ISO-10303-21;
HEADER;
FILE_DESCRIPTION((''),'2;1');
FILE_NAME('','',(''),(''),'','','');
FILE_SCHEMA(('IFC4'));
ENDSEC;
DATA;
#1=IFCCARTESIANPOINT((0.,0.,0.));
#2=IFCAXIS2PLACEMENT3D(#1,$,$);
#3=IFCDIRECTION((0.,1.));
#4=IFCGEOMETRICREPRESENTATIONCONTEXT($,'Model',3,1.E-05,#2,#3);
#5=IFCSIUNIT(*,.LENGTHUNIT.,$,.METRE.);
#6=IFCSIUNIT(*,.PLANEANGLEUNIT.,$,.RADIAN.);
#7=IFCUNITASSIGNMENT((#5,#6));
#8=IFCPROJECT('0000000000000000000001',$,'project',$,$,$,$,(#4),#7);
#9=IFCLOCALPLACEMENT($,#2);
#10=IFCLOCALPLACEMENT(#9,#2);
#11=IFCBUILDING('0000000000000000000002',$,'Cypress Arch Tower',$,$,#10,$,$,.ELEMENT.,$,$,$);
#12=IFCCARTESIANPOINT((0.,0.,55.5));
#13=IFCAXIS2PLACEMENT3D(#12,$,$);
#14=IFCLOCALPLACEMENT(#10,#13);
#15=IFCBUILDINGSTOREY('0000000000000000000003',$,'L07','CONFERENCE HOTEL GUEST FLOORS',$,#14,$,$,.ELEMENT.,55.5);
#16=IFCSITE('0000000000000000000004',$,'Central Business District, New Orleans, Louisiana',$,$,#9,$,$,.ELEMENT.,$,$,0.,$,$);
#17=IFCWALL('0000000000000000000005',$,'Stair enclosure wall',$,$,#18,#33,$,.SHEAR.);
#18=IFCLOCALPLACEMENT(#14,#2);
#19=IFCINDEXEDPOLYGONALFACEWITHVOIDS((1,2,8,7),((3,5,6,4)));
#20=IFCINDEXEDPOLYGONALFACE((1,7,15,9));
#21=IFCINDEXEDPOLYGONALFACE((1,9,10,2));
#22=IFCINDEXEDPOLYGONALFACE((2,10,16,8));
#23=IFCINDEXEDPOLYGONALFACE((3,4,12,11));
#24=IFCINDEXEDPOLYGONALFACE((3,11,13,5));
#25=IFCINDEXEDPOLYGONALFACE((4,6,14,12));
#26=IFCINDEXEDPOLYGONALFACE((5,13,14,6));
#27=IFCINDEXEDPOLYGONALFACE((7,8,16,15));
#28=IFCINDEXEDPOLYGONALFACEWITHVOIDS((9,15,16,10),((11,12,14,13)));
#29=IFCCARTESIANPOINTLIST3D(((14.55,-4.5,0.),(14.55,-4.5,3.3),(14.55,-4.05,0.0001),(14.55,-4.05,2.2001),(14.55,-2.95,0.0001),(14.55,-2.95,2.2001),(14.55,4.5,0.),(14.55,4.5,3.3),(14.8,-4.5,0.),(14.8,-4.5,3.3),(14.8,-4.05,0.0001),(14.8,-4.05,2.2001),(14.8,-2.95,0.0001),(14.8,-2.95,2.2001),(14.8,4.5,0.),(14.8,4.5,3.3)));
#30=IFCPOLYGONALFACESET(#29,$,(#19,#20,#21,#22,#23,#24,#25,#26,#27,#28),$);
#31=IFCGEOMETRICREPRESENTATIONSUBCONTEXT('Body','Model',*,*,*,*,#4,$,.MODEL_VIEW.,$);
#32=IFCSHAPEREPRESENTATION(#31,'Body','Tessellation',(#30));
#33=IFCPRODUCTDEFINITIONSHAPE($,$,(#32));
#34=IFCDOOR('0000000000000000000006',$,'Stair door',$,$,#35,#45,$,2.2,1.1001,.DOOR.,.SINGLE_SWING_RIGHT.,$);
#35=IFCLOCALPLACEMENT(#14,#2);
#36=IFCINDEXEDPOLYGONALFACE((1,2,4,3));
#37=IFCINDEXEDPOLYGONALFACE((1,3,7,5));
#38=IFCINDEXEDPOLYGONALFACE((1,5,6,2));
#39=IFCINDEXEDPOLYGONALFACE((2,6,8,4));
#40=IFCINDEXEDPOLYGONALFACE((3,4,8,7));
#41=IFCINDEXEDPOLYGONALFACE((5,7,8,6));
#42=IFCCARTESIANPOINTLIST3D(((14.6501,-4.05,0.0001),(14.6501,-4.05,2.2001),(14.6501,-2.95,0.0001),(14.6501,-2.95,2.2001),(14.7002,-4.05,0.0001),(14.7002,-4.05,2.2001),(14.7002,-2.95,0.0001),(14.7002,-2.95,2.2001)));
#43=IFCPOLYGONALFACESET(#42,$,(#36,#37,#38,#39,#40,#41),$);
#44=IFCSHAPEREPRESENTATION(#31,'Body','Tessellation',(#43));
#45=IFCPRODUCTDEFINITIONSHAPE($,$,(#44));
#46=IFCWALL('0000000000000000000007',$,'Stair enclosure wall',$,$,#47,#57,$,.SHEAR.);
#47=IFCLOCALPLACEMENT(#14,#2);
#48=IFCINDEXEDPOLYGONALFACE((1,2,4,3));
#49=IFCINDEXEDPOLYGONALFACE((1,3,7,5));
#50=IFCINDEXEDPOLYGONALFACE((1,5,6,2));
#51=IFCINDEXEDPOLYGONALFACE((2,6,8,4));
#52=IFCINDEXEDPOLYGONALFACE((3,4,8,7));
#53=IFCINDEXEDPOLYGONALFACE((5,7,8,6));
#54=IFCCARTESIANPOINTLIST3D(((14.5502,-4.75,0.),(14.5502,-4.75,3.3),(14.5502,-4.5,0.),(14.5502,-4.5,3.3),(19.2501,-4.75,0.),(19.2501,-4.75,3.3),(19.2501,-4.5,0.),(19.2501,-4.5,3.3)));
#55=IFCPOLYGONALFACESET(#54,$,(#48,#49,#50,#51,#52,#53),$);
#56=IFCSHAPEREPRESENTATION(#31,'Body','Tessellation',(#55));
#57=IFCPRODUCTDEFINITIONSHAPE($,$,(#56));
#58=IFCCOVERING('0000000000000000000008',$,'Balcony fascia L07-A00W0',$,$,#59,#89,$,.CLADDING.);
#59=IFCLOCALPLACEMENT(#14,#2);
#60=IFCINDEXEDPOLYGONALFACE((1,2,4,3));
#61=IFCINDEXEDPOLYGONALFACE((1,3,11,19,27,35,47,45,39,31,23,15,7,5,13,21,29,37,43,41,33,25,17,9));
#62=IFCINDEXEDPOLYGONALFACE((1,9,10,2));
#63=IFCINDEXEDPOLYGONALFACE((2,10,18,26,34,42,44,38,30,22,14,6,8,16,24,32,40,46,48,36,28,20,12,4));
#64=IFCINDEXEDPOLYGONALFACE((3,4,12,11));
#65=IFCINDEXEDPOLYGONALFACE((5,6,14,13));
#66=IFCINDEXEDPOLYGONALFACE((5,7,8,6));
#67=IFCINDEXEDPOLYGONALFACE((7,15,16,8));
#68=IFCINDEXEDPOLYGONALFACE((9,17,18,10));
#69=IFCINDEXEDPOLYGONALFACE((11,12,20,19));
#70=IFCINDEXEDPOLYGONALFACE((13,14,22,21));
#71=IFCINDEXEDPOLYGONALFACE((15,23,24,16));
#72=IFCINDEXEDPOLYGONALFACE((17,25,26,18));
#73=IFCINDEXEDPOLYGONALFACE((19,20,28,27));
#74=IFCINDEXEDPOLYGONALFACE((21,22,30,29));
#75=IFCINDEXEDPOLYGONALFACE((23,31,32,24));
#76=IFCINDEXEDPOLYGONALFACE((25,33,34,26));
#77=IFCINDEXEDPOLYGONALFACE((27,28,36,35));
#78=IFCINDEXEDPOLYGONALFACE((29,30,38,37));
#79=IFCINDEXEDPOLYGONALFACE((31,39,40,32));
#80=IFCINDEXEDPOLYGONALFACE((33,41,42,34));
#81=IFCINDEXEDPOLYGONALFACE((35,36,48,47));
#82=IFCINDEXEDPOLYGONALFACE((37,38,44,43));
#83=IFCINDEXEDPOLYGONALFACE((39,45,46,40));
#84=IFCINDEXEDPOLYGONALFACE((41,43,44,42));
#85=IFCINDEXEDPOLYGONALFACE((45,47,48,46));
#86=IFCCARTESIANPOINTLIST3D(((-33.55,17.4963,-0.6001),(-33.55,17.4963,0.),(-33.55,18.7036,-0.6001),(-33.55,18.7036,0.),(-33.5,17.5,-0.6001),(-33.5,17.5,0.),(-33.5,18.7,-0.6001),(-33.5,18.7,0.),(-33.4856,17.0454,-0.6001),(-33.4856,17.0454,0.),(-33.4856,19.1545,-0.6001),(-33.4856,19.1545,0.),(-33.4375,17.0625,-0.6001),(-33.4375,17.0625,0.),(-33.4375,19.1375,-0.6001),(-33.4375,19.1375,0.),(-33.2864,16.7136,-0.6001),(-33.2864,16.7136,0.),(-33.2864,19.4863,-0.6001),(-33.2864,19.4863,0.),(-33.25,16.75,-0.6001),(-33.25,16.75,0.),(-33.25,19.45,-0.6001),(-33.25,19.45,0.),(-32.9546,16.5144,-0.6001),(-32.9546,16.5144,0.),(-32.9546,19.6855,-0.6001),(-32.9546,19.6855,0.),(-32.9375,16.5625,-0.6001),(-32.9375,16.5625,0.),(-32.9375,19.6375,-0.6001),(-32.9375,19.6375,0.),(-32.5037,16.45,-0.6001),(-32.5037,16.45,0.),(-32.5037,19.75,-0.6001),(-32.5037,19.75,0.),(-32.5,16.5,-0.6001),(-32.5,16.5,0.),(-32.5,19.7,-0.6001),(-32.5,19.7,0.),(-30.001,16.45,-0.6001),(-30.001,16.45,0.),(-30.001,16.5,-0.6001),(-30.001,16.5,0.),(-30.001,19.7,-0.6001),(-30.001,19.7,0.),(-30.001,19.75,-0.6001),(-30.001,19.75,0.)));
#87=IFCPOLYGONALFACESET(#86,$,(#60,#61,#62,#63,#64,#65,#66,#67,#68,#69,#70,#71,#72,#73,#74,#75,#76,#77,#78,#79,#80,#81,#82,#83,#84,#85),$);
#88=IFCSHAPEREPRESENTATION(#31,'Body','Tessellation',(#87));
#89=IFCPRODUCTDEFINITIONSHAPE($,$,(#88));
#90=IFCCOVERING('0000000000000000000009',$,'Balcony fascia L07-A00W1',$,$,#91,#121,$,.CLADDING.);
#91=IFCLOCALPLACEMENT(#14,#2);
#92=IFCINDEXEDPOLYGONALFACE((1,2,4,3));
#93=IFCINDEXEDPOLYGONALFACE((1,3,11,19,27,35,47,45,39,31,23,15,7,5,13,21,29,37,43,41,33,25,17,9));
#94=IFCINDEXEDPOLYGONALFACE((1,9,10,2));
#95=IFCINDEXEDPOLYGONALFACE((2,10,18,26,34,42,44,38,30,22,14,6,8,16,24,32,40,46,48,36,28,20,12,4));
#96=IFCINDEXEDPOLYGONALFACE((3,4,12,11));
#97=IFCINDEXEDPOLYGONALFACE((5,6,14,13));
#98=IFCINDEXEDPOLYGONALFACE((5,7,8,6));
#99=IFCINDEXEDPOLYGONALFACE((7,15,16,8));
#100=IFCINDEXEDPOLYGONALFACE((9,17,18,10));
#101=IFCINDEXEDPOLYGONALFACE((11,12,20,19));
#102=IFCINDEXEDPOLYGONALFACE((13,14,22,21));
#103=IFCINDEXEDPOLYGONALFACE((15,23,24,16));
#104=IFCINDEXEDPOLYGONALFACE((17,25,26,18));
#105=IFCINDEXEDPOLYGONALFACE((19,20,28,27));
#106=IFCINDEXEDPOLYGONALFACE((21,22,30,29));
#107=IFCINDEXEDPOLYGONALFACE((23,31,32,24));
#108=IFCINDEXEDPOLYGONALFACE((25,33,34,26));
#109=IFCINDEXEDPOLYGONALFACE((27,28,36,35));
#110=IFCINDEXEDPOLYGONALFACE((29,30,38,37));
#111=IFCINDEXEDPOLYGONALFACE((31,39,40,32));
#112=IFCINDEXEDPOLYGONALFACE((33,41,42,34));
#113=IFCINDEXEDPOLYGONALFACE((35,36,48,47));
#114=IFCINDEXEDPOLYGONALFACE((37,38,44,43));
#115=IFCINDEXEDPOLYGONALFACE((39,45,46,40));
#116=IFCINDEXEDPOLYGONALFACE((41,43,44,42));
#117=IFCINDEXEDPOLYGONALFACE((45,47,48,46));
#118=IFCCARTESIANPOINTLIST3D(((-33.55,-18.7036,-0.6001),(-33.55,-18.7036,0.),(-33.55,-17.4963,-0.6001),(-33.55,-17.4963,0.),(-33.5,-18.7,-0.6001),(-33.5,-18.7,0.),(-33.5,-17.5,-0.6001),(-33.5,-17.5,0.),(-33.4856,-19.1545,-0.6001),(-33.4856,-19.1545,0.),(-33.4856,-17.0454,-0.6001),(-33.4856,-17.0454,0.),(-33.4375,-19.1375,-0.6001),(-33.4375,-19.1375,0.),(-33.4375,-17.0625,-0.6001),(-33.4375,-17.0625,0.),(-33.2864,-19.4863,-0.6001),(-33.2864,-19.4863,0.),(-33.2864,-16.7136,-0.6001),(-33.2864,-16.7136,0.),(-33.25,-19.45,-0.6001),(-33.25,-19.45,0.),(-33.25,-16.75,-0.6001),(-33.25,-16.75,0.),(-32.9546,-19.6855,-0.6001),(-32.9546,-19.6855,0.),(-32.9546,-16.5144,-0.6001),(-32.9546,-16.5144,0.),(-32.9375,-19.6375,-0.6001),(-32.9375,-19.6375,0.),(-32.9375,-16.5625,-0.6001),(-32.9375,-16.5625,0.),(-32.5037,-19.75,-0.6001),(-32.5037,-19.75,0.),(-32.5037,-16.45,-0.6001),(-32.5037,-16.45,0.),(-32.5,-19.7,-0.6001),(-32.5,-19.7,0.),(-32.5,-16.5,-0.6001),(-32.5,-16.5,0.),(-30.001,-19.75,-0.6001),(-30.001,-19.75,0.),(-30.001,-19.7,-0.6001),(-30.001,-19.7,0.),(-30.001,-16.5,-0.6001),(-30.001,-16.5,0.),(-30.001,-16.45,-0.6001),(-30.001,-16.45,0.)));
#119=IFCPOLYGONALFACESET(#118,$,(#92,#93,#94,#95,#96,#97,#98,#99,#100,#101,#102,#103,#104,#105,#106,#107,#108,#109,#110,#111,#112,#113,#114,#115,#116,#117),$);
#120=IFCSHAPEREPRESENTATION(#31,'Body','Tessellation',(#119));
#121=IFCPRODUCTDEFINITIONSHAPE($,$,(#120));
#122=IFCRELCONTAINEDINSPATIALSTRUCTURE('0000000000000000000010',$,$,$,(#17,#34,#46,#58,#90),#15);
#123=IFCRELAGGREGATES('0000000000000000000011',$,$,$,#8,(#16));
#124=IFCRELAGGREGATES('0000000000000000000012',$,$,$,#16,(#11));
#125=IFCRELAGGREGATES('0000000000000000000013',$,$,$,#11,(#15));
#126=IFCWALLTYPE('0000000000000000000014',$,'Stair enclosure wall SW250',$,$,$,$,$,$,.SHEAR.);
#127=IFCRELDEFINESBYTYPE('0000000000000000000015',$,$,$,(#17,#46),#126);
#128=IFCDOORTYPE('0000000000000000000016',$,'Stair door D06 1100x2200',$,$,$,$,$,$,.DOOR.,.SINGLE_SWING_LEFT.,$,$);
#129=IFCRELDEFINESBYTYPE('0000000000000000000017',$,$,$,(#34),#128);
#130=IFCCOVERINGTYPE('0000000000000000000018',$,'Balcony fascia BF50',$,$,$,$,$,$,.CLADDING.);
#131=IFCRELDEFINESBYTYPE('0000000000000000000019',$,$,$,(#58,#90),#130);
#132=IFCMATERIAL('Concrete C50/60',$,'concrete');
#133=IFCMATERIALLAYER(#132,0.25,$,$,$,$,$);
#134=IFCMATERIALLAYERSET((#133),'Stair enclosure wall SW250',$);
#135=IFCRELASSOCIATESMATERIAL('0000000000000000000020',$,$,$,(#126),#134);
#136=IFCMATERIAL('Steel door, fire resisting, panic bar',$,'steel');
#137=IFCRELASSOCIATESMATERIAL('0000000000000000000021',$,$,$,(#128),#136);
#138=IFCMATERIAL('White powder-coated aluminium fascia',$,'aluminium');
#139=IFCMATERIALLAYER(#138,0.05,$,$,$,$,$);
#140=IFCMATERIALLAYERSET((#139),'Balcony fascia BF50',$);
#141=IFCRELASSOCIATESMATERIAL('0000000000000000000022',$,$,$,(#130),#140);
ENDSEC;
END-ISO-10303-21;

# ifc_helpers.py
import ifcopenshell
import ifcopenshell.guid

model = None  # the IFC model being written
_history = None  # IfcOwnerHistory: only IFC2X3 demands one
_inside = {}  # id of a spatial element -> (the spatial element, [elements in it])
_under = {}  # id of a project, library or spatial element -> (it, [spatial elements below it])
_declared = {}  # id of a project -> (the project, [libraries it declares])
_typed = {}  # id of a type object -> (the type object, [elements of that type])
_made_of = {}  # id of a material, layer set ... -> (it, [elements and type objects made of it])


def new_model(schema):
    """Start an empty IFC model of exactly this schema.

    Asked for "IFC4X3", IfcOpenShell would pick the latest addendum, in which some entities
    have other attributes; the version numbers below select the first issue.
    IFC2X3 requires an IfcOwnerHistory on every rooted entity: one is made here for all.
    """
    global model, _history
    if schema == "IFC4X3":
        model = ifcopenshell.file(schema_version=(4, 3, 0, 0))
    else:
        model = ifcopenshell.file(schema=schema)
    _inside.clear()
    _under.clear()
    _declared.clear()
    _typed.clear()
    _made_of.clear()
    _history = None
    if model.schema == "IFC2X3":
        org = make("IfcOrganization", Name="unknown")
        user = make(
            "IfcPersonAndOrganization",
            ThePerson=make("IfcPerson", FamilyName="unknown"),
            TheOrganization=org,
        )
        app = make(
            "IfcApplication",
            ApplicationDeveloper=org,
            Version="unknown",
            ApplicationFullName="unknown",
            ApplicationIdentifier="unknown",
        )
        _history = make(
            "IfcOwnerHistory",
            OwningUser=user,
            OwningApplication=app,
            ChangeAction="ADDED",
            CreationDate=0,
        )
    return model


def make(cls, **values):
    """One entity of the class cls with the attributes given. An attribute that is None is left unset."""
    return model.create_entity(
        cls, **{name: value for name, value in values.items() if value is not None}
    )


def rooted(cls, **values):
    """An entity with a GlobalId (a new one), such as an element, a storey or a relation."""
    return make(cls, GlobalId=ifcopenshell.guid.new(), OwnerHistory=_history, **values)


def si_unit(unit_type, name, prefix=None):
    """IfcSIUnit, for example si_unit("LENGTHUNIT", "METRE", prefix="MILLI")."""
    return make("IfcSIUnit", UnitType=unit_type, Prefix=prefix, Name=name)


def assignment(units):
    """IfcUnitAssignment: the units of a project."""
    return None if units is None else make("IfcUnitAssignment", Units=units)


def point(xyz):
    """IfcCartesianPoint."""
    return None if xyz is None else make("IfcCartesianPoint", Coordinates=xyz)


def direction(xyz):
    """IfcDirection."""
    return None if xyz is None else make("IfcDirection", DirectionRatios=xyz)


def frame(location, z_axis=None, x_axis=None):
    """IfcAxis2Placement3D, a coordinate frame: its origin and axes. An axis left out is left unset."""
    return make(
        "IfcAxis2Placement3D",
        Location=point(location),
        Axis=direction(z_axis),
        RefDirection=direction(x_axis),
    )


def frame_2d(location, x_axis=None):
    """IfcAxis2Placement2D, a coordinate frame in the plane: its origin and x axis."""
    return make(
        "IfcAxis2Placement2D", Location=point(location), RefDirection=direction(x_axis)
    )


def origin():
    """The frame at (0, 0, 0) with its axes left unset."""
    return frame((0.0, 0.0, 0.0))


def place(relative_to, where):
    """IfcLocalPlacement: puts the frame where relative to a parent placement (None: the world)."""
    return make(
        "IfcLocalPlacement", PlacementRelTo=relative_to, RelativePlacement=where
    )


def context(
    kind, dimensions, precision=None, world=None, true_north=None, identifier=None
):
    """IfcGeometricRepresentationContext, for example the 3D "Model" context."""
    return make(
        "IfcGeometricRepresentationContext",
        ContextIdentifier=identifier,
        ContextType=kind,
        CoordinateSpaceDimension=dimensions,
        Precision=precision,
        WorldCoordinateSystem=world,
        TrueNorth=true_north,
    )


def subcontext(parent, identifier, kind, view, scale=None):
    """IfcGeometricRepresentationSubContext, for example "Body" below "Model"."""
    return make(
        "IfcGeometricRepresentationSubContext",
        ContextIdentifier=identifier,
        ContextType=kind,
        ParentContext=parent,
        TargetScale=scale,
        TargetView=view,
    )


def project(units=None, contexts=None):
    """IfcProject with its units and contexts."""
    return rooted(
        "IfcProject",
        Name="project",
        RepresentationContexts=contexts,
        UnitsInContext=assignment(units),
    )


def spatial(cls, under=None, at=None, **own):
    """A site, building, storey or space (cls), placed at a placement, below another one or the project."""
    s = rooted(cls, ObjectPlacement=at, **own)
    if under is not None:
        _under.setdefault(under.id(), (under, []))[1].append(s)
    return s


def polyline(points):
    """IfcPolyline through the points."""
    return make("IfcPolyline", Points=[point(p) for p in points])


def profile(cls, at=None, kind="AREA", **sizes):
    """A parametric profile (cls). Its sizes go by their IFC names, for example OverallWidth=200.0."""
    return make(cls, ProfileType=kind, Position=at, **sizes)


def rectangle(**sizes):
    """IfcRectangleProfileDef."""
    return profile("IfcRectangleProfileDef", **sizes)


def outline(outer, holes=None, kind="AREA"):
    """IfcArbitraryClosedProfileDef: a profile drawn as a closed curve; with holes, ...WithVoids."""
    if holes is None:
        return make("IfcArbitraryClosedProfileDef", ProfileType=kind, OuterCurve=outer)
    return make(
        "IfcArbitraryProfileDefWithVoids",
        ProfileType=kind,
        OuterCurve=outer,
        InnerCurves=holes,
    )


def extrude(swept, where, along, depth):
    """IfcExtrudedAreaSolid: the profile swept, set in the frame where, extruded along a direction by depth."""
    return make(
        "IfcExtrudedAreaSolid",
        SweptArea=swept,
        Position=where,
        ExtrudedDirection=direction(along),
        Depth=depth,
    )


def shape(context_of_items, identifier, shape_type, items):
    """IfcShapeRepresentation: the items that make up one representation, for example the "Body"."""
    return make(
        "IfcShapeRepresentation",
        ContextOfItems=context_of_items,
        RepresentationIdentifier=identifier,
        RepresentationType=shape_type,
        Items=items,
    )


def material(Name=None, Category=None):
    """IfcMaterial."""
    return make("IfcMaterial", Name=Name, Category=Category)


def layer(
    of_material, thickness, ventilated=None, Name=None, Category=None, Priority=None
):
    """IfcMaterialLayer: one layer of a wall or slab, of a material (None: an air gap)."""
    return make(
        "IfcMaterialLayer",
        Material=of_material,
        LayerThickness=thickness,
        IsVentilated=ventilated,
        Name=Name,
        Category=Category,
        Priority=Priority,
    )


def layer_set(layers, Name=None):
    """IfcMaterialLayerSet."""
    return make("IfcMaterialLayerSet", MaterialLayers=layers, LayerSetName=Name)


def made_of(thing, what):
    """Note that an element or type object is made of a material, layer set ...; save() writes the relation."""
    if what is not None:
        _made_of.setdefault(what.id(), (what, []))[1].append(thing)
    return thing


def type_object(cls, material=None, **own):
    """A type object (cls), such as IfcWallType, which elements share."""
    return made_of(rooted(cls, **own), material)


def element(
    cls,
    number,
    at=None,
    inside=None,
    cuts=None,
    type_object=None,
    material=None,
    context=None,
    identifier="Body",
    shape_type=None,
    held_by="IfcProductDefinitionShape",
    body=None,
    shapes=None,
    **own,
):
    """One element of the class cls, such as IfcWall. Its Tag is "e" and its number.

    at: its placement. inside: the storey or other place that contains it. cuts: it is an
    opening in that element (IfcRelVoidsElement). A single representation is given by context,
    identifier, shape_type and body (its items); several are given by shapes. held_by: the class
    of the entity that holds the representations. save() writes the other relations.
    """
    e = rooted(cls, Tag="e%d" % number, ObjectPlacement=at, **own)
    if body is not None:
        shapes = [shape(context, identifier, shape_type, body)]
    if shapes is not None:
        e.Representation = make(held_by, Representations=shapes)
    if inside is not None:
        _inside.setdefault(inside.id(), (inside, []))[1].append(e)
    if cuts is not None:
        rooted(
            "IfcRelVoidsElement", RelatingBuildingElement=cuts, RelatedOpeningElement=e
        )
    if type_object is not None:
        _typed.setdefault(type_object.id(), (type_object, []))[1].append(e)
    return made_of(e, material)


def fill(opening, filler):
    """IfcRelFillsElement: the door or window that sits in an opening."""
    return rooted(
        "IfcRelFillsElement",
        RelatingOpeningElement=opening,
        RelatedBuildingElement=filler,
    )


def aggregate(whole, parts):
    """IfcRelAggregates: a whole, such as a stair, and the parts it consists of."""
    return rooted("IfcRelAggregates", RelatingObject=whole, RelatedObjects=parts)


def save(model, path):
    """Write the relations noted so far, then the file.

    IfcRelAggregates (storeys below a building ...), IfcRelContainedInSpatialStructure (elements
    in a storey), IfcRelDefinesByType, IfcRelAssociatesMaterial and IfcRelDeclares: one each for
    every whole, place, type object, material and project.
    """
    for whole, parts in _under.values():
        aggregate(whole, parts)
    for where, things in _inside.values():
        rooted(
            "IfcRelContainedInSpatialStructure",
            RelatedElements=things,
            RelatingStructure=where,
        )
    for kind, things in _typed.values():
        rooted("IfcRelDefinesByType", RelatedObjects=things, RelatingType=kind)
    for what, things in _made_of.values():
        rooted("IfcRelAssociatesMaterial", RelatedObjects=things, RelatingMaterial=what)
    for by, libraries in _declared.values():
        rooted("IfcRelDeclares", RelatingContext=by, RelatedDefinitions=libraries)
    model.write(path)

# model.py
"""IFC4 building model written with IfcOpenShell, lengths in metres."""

from ifc_helpers import new_model, si_unit, direction, frame, frame_2d, origin, place, context, subcontext, project, spatial, polyline, rectangle, outline, extrude, material, layer, layer_set, type_object, element, fill, save


model = new_model("IFC4")

# Units and contexts
model_context = context("Model", 3, precision=1e-05, world=origin(), true_north=direction((0.0, 1.0)))
body_context = subcontext(model_context, "Body", "Model", "MODEL_VIEW")
ifc_project = project(units=[si_unit("LENGTHUNIT", "METRE"), si_unit("PLANEANGLEUNIT", "RADIAN")], contexts=[model_context])

# Site, building, storey
site_placement = place(None, origin())
site = spatial("IfcSite", under=ifc_project, at=site_placement, Name="Central Business District, New Orleans, Louisiana", CompositionType="ELEMENT", RefElevation=0.0)
building_placement = place(site_placement, origin())
building = spatial("IfcBuilding", under=site, at=building_placement, Name="Cypress Arch Tower", CompositionType="ELEMENT")
storey_placement = place(building_placement, frame((0.0, 0.0, 55.5)))
storey = spatial("IfcBuildingStorey", under=building, at=storey_placement, Name="L07", Description="CONFERENCE HOTEL GUEST FLOORS", CompositionType="ELEMENT", Elevation=55.5)

# Wall, opening, door
ifc_material_1 = material(Name="Concrete C50/60", Category="concrete")
ifc_layer_1 = layer(ifc_material_1, 0.25)
ifc_layer_set_1 = layer_set([ifc_layer_1], Name="Stair enclosure wall SW250")
wall_type_1 = type_object("IfcWallType", Name="Stair enclosure wall SW250", PredefinedType="SHEAR", material=ifc_layer_set_1)
wall_1_placement = place(storey_placement, frame((14.675, -4.5, 0.0), z_axis=(0.0, 0.0, 1.0), x_axis=(0.0, 1.0, 0.0)))
wall_1 = element("IfcWall", 1, at=wall_1_placement, inside=storey, type_object=wall_type_1, Name="Stair enclosure wall", PredefinedType="SHEAR", context=body_context, shape_type="SweptSolid", body=[
    extrude(rectangle(XDim=9.0, YDim=0.25, at=frame_2d((4.5, 0.0))), origin(), (0.0, 0.0, 1.0), 3.3),
])
opening_1_placement = place(wall_1_placement, frame((0.45, 0.0, 0.0)))
opening_1 = element("IfcOpeningElement", 2, at=opening_1_placement, cuts=wall_1, PredefinedType="OPENING", context=body_context, shape_type="SweptSolid", body=[
    extrude(rectangle(XDim=1.1001, YDim=2.2, at=frame_2d((0.55, 1.1001))), frame((0.0, 0.135, 0.0), z_axis=(0.0, -1.0, 0.0), x_axis=(1.0, 0.0, 0.0)), (0.0, 0.0, 1.0), 0.27),
])
ifc_material_2 = material(Name="Steel door, fire resisting, panic bar", Category="steel")
door_type_1 = type_object("IfcDoorType", Name="Stair door D06 1100x2200", OperationType="SINGLE_SWING_LEFT", PredefinedType="DOOR", material=ifc_material_2)
door_1_placement = place(opening_1_placement, origin())
door_1 = element("IfcDoor", 3, at=door_1_placement, inside=storey, type_object=door_type_1, Name="Stair door", OperationType="SINGLE_SWING_RIGHT", OverallHeight=2.2, OverallWidth=1.1001, PredefinedType="DOOR", context=body_context, shape_type="SweptSolid", body=[
    extrude(rectangle(XDim=1.1001, YDim=2.2, at=frame_2d((0.55, 1.1001))), frame((0.0, 0.0249, 0.0), z_axis=(0.0, -1.0, 0.0), x_axis=(1.0, 0.0, 0.0)), (0.0, 0.0, 1.0), 0.05),
])
fill(opening_1, door_1)

# Wall
wall_2_placement = place(storey_placement, frame((14.55, -4.625, 0.0), z_axis=(0.0, 0.0, 1.0), x_axis=(1.0, 0.0, 0.0)))
element("IfcWall", 4, at=wall_2_placement, inside=storey, type_object=wall_type_1, Name="Stair enclosure wall", PredefinedType="SHEAR", context=body_context, shape_type="SweptSolid", body=[
    extrude(rectangle(XDim=4.7, YDim=0.25, at=frame_2d((2.3501, 0.0))), origin(), (0.0, 0.0, 1.0), 3.3),
])

# Coverings
ifc_material_3 = material(Name="White powder-coated aluminium fascia", Category="aluminium")
ifc_layer_2 = layer(ifc_material_3, 0.05)
ifc_layer_set_2 = layer_set([ifc_layer_2], Name="Balcony fascia BF50")
covering_type = type_object("IfcCoveringType", Name="Balcony fascia BF50", PredefinedType="CLADDING", material=ifc_layer_set_2)
covering_1_placement = place(storey_placement, frame((0.0, 0.0, -0.6001)))
element("IfcCovering", 5, at=covering_1_placement, inside=storey, type_object=covering_type, Name="Balcony fascia L07-A00W0", PredefinedType="CLADDING", context=body_context, shape_type="SweptSolid", body=[
    extrude(outline(polyline([(-32.5037, 16.45), (-32.9546, 16.5144), (-33.2864, 16.7136), (-33.4856, 17.0454), (-33.55, 17.4963), (-33.55, 18.7036), (-33.4856, 19.1545), (-33.2864, 19.4863), (-32.9546, 19.6855), (-32.5037, 19.75), (-30.001, 19.75), (-30.001, 19.7), (-32.5, 19.7), (-32.9375, 19.6375), (-33.25, 19.45), (-33.4375, 19.1375), (-33.5, 18.7), (-33.5, 17.5), (-33.4375, 17.0625), (-33.25, 16.75), (-32.9375, 16.5625), (-32.5, 16.5), (-30.001, 16.5), (-30.001, 16.45), (-32.5037, 16.45)])), origin(), (0.0, 0.0, 1.0), 0.6001),
])
covering_2_placement = place(storey_placement, frame((0.0, 0.0, -0.6001)))
element("IfcCovering", 6, at=covering_2_placement, inside=storey, type_object=covering_type, Name="Balcony fascia L07-A00W1", PredefinedType="CLADDING", context=body_context, shape_type="SweptSolid", body=[
    extrude(outline(polyline([(-32.5037, -19.75), (-32.9546, -19.6855), (-33.2864, -19.4863), (-33.4856, -19.1545), (-33.55, -18.7036), (-33.55, -17.4963), (-33.4856, -17.0454), (-33.2864, -16.7136), (-32.9546, -16.5144), (-32.5037, -16.45), (-30.001, -16.45), (-30.001, -16.5), (-32.5, -16.5), (-32.9375, -16.5625), (-33.25, -16.75), (-33.4375, -17.0625), (-33.5, -17.5), (-33.5, -18.7), (-33.4375, -19.1375), (-33.25, -19.45), (-32.9375, -19.6375), (-32.5, -19.7), (-30.001, -19.7), (-30.001, -19.75), (-32.5037, -19.75)])), origin(), (0.0, 0.0, 1.0), 0.6001),
])

save(model, "model.ifc")
